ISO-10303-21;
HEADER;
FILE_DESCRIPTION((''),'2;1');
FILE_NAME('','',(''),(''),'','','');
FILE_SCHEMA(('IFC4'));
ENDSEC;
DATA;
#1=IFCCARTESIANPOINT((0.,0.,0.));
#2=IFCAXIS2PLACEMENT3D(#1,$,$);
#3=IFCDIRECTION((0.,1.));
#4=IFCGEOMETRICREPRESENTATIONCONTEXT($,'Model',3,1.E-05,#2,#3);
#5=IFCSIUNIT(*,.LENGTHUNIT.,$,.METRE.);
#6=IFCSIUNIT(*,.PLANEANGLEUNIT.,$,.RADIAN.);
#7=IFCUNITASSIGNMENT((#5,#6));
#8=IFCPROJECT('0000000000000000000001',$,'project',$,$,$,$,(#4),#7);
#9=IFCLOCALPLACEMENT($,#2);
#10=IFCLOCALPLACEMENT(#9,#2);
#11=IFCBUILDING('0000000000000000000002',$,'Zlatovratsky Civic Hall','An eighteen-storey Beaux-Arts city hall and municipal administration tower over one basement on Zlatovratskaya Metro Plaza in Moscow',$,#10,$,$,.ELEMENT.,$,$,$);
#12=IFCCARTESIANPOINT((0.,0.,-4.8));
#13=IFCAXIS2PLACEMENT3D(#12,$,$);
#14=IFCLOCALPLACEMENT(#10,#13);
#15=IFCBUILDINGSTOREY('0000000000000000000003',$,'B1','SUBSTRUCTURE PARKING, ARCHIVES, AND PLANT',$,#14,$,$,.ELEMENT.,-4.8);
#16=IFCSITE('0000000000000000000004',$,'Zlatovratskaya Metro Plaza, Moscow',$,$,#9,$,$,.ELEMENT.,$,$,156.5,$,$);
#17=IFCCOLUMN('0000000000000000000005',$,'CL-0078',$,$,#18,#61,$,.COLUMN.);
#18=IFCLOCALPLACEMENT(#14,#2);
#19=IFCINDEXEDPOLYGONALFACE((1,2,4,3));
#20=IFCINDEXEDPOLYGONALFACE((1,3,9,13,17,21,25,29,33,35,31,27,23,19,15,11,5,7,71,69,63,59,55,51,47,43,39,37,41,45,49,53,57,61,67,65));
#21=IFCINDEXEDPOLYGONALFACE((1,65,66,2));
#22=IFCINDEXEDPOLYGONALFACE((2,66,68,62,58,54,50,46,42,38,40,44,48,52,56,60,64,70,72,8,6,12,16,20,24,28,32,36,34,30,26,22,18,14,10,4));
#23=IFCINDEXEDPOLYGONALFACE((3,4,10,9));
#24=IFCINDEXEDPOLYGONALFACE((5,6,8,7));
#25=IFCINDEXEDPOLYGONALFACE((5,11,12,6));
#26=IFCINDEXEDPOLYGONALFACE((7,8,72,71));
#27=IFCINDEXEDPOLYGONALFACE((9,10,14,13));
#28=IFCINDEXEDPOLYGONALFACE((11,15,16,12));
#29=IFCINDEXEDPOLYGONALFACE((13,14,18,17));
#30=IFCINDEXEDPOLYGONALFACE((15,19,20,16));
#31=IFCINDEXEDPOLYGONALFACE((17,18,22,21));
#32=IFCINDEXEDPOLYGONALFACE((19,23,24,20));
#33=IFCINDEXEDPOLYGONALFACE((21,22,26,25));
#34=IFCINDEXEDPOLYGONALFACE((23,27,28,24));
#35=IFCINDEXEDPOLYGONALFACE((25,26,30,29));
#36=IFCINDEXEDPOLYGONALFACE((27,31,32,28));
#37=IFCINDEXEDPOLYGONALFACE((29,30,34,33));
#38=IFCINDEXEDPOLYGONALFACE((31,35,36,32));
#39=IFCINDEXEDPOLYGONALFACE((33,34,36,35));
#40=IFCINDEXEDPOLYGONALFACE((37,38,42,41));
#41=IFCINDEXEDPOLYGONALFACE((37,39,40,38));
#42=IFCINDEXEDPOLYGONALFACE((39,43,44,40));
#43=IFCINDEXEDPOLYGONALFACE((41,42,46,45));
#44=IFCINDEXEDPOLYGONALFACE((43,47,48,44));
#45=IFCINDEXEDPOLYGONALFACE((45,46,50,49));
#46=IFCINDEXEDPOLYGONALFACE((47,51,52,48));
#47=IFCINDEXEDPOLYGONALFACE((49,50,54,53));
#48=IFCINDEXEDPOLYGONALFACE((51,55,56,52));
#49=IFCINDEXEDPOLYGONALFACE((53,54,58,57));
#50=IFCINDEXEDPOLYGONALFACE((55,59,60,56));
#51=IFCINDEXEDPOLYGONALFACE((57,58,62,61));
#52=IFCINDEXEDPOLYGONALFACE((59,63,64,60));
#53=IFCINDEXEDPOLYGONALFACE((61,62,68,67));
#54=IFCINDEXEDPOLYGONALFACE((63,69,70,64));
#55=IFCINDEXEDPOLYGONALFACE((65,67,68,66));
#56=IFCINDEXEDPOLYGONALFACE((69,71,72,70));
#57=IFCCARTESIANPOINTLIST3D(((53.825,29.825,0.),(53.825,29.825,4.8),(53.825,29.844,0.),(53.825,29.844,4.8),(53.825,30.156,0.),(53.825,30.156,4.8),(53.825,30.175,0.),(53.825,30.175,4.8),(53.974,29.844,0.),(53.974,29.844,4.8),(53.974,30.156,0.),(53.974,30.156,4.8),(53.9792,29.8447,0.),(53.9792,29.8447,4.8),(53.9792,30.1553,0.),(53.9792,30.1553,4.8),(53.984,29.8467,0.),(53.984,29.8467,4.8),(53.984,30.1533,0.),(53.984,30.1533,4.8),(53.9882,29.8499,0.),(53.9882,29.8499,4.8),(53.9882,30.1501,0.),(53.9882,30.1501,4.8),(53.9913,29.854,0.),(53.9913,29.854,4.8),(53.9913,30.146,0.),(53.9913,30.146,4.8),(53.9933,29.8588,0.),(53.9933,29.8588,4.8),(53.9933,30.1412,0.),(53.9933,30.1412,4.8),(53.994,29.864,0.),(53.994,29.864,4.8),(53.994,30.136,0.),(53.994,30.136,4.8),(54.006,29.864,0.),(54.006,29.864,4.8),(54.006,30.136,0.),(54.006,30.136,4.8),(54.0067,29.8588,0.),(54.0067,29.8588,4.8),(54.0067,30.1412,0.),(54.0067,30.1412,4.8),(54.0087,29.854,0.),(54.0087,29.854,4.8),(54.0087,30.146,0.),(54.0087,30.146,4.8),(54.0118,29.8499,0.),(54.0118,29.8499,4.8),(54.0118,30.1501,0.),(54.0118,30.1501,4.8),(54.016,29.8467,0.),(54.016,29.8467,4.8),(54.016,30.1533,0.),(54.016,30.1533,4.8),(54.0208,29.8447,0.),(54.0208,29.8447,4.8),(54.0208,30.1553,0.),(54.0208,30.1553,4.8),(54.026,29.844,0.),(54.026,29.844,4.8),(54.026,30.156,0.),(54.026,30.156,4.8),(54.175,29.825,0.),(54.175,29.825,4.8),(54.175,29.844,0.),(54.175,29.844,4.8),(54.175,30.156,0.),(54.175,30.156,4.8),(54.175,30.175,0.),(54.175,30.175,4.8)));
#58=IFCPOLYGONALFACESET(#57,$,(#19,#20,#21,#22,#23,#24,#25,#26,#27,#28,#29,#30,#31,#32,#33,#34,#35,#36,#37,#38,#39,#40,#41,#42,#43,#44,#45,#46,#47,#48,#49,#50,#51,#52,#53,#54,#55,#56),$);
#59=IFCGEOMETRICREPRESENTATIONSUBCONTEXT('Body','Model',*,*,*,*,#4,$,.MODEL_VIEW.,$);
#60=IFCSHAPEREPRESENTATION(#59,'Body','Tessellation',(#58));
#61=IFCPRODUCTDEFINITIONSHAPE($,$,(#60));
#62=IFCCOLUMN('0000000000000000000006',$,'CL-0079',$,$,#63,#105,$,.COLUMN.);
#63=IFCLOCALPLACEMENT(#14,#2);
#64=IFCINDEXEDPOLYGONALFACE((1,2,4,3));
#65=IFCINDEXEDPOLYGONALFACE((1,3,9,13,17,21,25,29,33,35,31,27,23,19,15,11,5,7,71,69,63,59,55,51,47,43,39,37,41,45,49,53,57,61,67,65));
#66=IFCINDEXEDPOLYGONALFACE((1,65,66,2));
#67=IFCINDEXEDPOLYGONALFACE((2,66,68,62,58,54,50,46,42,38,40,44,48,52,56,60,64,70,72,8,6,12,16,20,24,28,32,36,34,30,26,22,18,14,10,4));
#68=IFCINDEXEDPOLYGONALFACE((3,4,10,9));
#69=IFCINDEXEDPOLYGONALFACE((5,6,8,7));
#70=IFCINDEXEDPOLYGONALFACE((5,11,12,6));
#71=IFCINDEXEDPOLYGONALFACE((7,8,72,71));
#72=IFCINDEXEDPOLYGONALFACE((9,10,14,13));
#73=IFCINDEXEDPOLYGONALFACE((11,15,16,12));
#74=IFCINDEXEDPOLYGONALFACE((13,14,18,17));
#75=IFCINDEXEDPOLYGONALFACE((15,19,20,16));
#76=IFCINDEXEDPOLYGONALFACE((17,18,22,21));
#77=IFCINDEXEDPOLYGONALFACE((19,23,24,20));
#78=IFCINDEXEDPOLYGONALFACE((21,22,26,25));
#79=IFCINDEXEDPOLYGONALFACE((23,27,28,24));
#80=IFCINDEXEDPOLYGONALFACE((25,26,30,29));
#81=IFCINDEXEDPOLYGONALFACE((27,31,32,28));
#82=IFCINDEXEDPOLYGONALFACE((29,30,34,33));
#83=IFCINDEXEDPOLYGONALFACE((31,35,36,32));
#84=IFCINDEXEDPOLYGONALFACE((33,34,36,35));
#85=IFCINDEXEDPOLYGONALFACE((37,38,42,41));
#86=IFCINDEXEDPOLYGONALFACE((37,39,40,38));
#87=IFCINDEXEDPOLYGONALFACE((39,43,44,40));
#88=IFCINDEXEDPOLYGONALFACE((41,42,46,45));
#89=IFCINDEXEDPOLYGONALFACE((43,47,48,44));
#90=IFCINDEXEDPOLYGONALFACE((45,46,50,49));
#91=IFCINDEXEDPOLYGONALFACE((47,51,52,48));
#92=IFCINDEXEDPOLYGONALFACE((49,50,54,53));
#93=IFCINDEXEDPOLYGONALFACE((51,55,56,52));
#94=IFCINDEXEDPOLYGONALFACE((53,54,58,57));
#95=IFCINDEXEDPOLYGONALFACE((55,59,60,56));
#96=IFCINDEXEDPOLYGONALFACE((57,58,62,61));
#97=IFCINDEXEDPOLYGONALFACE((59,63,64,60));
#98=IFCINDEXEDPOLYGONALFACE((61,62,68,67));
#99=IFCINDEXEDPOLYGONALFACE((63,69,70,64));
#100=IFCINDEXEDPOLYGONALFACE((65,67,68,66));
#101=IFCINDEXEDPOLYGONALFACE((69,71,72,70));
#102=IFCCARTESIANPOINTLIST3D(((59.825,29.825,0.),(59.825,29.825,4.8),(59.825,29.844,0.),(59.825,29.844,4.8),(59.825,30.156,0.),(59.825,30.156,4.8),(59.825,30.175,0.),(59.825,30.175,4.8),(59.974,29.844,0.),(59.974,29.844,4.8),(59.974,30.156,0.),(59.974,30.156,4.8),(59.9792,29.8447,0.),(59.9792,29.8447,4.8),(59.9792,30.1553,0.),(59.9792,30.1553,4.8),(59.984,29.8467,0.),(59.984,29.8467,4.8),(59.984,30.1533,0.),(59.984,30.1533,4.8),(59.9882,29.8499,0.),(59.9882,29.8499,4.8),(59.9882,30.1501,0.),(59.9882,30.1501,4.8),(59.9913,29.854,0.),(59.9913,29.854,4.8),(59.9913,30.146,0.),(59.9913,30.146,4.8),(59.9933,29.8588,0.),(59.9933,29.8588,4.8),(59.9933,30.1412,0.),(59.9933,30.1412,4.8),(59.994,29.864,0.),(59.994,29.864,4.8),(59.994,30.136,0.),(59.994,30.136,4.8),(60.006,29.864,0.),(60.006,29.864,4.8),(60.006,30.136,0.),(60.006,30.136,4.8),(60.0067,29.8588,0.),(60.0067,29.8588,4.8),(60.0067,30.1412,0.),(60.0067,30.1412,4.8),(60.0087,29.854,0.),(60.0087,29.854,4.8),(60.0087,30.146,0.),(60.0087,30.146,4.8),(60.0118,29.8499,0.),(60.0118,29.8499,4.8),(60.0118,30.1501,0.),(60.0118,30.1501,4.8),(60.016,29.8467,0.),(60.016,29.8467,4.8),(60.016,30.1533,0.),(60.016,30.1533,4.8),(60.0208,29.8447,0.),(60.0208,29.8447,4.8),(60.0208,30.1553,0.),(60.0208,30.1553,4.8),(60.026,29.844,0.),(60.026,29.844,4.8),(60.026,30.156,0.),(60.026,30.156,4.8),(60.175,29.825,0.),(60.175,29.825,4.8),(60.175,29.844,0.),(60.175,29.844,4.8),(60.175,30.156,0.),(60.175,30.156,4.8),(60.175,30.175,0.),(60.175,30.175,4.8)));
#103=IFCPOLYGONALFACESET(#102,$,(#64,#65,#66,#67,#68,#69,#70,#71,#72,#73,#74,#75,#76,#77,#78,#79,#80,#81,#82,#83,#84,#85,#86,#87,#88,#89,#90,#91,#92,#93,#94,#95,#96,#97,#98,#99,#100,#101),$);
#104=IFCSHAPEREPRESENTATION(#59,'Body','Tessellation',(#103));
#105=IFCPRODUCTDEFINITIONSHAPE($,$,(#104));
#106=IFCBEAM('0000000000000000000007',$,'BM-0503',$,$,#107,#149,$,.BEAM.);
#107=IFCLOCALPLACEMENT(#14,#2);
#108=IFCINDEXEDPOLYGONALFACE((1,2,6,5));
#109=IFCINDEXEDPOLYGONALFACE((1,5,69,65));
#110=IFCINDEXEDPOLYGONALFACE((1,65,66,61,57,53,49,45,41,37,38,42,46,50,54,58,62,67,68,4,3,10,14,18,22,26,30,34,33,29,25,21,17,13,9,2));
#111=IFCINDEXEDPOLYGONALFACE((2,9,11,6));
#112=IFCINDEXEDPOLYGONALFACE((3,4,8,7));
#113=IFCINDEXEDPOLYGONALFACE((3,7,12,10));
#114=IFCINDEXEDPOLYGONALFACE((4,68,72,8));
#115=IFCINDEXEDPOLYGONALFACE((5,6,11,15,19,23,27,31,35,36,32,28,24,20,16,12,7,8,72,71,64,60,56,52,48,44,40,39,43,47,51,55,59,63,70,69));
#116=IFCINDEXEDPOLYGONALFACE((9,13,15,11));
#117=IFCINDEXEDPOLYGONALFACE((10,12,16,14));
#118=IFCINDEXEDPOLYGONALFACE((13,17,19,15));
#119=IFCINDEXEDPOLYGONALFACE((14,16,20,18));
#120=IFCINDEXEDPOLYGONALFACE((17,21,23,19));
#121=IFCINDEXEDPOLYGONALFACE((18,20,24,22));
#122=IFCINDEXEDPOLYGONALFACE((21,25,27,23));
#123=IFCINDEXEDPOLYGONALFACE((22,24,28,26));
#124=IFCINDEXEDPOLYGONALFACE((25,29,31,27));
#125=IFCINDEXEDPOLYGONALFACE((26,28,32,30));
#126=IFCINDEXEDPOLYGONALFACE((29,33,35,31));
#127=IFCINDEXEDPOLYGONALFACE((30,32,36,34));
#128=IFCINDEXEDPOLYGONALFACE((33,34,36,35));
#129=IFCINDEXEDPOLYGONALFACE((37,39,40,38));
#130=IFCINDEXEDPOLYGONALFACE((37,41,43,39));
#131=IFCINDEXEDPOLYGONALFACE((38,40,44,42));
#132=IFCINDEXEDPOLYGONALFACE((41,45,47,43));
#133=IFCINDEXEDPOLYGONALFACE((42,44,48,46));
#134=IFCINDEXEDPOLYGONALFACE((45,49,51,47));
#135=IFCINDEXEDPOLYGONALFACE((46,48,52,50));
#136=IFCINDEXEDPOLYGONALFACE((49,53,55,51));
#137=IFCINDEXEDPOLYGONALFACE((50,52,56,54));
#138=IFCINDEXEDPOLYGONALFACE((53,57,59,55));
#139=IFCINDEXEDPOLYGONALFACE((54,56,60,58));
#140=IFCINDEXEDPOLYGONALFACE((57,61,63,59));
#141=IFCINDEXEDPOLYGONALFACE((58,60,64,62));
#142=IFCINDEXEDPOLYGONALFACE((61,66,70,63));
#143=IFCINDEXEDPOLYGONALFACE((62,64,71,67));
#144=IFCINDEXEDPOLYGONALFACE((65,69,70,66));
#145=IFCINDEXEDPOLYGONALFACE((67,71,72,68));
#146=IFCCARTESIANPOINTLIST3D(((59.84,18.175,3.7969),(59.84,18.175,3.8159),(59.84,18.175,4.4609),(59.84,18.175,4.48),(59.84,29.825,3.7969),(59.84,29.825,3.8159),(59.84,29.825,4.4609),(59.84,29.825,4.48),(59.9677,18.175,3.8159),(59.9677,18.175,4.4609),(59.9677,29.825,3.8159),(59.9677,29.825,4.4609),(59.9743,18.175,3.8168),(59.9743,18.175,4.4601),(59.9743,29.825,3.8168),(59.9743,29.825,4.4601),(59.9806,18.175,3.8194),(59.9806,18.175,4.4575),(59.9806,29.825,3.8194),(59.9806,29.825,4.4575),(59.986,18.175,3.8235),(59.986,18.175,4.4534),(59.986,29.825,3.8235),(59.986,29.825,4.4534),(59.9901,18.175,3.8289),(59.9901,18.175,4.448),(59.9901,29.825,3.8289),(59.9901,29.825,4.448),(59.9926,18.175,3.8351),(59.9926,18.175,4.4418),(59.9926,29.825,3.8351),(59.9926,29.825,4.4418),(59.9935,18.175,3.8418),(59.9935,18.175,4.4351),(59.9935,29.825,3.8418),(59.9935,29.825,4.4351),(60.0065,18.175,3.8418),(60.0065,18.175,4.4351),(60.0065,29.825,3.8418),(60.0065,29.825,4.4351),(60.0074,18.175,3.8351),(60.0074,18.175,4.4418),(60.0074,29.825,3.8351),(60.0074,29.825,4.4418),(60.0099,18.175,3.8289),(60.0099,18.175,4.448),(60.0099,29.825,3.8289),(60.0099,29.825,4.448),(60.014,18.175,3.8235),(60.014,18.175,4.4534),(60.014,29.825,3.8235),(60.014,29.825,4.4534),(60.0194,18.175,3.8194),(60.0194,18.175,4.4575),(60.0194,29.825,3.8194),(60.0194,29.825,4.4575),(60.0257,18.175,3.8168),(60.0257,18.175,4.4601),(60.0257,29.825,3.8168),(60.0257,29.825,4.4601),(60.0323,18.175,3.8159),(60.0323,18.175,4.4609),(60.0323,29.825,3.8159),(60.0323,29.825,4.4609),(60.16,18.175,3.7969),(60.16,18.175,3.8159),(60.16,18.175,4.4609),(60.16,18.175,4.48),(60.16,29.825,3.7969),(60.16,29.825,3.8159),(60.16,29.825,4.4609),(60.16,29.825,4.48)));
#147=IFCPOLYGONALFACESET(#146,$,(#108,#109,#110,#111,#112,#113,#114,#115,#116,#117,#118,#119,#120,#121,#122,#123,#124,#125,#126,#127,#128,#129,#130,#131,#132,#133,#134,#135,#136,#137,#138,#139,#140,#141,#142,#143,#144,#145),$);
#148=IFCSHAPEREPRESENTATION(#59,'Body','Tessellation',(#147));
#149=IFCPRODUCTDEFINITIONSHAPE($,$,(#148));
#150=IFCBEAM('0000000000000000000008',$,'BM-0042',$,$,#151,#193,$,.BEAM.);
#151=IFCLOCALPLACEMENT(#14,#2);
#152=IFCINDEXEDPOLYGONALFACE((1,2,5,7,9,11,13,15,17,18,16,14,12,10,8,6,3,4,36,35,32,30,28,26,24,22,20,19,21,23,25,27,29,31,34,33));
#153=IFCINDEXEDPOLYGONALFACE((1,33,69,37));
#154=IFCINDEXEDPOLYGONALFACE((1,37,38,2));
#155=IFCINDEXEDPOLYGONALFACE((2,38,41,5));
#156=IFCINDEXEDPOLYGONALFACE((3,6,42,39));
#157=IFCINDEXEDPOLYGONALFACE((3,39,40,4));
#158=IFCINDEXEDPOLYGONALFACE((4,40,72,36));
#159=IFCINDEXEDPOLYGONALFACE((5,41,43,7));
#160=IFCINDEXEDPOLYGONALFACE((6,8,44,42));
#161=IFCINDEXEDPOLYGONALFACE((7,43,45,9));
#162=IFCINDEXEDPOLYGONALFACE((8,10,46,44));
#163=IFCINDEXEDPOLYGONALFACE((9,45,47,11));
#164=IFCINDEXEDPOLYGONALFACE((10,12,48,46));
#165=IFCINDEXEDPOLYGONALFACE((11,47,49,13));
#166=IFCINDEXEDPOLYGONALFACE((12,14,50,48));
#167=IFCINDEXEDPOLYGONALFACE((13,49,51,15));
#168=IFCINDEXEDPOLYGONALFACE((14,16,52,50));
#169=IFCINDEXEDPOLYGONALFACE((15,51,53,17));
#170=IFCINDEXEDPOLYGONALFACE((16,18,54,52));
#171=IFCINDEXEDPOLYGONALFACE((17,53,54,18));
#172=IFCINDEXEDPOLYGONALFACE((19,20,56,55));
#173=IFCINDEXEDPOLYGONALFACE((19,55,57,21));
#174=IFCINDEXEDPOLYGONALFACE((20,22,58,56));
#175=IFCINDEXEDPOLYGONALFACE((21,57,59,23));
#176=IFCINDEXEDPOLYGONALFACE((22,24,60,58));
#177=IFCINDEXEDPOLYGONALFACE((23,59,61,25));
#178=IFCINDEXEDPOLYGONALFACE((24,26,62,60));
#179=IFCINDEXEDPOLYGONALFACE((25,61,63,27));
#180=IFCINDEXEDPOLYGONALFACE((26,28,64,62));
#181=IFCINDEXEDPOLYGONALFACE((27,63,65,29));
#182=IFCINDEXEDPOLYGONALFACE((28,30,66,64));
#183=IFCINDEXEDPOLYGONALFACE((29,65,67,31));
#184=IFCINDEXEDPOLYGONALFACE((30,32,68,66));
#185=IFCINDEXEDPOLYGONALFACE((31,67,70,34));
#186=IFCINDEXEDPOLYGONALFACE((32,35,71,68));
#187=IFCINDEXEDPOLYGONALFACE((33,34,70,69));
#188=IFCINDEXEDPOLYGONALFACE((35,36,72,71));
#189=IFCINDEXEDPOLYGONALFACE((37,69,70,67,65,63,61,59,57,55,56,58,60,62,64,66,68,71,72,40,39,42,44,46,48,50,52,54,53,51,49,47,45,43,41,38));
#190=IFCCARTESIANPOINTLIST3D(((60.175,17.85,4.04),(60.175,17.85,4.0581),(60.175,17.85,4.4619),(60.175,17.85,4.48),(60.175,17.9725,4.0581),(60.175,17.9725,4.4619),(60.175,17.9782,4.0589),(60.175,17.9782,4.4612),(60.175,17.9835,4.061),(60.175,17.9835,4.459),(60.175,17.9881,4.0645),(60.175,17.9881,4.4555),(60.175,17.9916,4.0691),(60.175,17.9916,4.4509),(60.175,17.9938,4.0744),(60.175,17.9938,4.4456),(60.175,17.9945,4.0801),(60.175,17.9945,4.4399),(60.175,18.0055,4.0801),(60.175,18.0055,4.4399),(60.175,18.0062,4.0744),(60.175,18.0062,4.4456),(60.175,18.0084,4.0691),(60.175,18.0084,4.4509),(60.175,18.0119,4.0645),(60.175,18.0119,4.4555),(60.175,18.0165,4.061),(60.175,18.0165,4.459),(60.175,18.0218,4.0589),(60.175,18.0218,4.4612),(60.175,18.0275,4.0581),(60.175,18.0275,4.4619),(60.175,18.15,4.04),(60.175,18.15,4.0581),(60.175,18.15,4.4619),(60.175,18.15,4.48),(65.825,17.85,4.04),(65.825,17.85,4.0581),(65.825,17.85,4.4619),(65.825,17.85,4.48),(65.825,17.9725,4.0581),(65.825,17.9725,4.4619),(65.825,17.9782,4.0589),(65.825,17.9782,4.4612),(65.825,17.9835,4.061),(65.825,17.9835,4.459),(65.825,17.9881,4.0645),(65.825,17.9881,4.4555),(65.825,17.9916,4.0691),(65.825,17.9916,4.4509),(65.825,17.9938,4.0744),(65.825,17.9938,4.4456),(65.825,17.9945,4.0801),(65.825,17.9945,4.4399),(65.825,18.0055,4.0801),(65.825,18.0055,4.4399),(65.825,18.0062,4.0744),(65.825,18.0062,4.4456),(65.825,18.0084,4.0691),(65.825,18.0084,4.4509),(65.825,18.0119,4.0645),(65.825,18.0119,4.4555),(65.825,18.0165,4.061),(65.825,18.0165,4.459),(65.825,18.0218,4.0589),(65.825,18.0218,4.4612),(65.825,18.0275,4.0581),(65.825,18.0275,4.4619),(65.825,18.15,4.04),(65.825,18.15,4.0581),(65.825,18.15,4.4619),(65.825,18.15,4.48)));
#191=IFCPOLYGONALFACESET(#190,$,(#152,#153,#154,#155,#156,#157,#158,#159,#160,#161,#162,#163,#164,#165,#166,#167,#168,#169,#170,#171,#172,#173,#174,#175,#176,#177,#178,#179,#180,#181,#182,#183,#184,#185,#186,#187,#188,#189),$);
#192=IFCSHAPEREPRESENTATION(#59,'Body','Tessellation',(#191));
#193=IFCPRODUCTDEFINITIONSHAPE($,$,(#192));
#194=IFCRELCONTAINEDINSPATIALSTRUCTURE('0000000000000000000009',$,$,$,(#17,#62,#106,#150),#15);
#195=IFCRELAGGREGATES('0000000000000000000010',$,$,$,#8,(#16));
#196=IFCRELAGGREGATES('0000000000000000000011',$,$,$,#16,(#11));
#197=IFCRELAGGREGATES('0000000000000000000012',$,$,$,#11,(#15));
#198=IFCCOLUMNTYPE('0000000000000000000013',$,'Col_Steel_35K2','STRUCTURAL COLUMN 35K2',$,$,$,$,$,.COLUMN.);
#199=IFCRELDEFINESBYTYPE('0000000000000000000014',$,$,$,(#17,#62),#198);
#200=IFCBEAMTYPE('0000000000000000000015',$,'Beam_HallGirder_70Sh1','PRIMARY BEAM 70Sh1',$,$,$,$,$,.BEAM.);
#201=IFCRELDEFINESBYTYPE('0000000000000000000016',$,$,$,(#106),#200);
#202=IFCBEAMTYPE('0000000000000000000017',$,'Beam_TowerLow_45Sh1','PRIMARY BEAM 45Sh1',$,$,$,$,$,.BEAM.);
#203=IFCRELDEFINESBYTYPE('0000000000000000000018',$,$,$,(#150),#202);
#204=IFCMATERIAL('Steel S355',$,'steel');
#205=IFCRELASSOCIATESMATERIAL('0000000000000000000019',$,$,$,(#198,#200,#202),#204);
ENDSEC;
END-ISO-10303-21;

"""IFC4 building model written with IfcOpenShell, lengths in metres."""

from ifc_helpers import new_model, si_unit, direction, frame, origin, origin_2d, place, context, subcontext, project, spatial, i_section, extrude, material, material_profile, profile_set, type_object, element, save


model = new_model("IFC4")

# Units and contexts
model_context = context("Model", 3, precision=1e-05, world=origin(), true_north=direction((0.0, 1.0)))
body_context = subcontext(model_context, "Body", "Model", "MODEL_VIEW")
ifc_project = project(units=[si_unit("LENGTHUNIT", "METRE"), si_unit("PLANEANGLEUNIT", "RADIAN")], contexts=[model_context])

# Site, building, storey
site_placement = place(None, origin())
site = spatial("IfcSite", under=ifc_project, at=site_placement, Name="Zlatovratskaya Metro Plaza, Moscow", CompositionType="ELEMENT", RefElevation=156.5)
building_placement = place(site_placement, origin())
building = spatial("IfcBuilding", under=site, at=building_placement, Name="Zlatovratsky Civic Hall", Description="An eighteen-storey Beaux-Arts city hall and municipal administration tower over one basement on Zlatovratskaya Metro Plaza in Moscow", CompositionType="ELEMENT")
storey_placement = place(building_placement, frame((0.0, 0.0, -4.8)))
storey = spatial("IfcBuildingStorey", under=building, at=storey_placement, Name="B1", Description="SUBSTRUCTURE PARKING, ARCHIVES, AND PLANT", CompositionType="ELEMENT", Elevation=-4.8)

# Columns
ifc_material_1 = material(Name="Steel S355", Category="steel")
ifc_material_profile_1 = material_profile(ifc_material_1, i_section(OverallWidth=0.3501, OverallDepth=0.3501, WebThickness=0.012, FlangeThickness=0.019, FilletRadius=0.02, at=origin_2d()), Name="35K2")
ifc_profile_set_1 = profile_set([ifc_material_profile_1], Name="Steel S355")
column_type = type_object("IfcColumnType", Name="Col_Steel_35K2", Description="STRUCTURAL COLUMN 35K2", PredefinedType="COLUMN", material=ifc_profile_set_1)
for number, where, z_axis, x_axis, name in (
    (1, (54.0, 30.0, 0.0), (0.0, 0.0, 1.0), (1.0, 0.0, 0.0), "CL-0078"),
    (2, (60.0, 30.0, 0.0), (0.0, 0.0, 1.0), (1.0, 0.0, 0.0), "CL-0079"),
):
    element("IfcColumn", number, at=place(storey_placement, frame(where, z_axis=z_axis, x_axis=x_axis)), inside=storey, type_object=column_type, Name=name, PredefinedType="COLUMN", context=body_context, shape_type="SweptSolid", body=[
        extrude(i_section(OverallWidth=0.3501, OverallDepth=0.3501, WebThickness=0.012, FlangeThickness=0.019, FilletRadius=0.02, at=origin_2d()), origin(), (0.0, 0.0, 1.0), 4.8),
    ])

# Beams
ifc_material_profile_2 = material_profile(ifc_material_1, i_section(OverallWidth=0.3201, OverallDepth=0.6831, WebThickness=0.0129, FlangeThickness=0.019, FilletRadius=0.0259, at=origin_2d()), Name="70Sh1")
ifc_profile_set_2 = profile_set([ifc_material_profile_2], Name="Steel S355")
beam_type_1 = type_object("IfcBeamType", Name="Beam_HallGirder_70Sh1", Description="PRIMARY BEAM 70Sh1", PredefinedType="BEAM", material=ifc_profile_set_2)
beam_placement = place(storey_placement, frame((60.0, 18.175, 4.1384), z_axis=(0.0, 1.0, 0.0), x_axis=(-1.0, 0.0, 0.0)))
element("IfcBeam", 3, at=beam_placement, inside=storey, type_object=beam_type_1, Name="BM-0503", PredefinedType="BEAM", context=body_context, shape_type="SweptSolid", body=[
    extrude(i_section(OverallWidth=0.3201, OverallDepth=0.6831, WebThickness=0.0129, FlangeThickness=0.019, FilletRadius=0.0259, at=origin_2d()), origin(), (0.0, 0.0, 1.0), 11.6499),
])
ifc_material_profile_3 = material_profile(ifc_material_1, i_section(OverallWidth=0.3, OverallDepth=0.4399, WebThickness=0.011, FlangeThickness=0.0181, FilletRadius=0.022, at=origin_2d()), Name="45Sh1")
ifc_profile_set_3 = profile_set([ifc_material_profile_3], Name="Steel S355")
beam_type_2 = type_object("IfcBeamType", Name="Beam_TowerLow_45Sh1", Description="PRIMARY BEAM 45Sh1", PredefinedType="BEAM", material=ifc_profile_set_3)
for number, where, z_axis, x_axis, name in (
    (4, (60.175, 18.0, 4.26), (1.0, 0.0, 0.0), (0.0, 1.0, 0.0), "BM-0042"),
):
    element("IfcBeam", number, at=place(storey_placement, frame(where, z_axis=z_axis, x_axis=x_axis)), inside=storey, type_object=beam_type_2, Name=name, PredefinedType="BEAM", context=body_context, shape_type="SweptSolid", body=[
        extrude(i_section(OverallWidth=0.3, OverallDepth=0.4399, WebThickness=0.011, FlangeThickness=0.0181, FilletRadius=0.022, at=origin_2d()), origin(), (0.0, 0.0, 1.0), 5.6499),
    ])

save(model, "model.ifc")
